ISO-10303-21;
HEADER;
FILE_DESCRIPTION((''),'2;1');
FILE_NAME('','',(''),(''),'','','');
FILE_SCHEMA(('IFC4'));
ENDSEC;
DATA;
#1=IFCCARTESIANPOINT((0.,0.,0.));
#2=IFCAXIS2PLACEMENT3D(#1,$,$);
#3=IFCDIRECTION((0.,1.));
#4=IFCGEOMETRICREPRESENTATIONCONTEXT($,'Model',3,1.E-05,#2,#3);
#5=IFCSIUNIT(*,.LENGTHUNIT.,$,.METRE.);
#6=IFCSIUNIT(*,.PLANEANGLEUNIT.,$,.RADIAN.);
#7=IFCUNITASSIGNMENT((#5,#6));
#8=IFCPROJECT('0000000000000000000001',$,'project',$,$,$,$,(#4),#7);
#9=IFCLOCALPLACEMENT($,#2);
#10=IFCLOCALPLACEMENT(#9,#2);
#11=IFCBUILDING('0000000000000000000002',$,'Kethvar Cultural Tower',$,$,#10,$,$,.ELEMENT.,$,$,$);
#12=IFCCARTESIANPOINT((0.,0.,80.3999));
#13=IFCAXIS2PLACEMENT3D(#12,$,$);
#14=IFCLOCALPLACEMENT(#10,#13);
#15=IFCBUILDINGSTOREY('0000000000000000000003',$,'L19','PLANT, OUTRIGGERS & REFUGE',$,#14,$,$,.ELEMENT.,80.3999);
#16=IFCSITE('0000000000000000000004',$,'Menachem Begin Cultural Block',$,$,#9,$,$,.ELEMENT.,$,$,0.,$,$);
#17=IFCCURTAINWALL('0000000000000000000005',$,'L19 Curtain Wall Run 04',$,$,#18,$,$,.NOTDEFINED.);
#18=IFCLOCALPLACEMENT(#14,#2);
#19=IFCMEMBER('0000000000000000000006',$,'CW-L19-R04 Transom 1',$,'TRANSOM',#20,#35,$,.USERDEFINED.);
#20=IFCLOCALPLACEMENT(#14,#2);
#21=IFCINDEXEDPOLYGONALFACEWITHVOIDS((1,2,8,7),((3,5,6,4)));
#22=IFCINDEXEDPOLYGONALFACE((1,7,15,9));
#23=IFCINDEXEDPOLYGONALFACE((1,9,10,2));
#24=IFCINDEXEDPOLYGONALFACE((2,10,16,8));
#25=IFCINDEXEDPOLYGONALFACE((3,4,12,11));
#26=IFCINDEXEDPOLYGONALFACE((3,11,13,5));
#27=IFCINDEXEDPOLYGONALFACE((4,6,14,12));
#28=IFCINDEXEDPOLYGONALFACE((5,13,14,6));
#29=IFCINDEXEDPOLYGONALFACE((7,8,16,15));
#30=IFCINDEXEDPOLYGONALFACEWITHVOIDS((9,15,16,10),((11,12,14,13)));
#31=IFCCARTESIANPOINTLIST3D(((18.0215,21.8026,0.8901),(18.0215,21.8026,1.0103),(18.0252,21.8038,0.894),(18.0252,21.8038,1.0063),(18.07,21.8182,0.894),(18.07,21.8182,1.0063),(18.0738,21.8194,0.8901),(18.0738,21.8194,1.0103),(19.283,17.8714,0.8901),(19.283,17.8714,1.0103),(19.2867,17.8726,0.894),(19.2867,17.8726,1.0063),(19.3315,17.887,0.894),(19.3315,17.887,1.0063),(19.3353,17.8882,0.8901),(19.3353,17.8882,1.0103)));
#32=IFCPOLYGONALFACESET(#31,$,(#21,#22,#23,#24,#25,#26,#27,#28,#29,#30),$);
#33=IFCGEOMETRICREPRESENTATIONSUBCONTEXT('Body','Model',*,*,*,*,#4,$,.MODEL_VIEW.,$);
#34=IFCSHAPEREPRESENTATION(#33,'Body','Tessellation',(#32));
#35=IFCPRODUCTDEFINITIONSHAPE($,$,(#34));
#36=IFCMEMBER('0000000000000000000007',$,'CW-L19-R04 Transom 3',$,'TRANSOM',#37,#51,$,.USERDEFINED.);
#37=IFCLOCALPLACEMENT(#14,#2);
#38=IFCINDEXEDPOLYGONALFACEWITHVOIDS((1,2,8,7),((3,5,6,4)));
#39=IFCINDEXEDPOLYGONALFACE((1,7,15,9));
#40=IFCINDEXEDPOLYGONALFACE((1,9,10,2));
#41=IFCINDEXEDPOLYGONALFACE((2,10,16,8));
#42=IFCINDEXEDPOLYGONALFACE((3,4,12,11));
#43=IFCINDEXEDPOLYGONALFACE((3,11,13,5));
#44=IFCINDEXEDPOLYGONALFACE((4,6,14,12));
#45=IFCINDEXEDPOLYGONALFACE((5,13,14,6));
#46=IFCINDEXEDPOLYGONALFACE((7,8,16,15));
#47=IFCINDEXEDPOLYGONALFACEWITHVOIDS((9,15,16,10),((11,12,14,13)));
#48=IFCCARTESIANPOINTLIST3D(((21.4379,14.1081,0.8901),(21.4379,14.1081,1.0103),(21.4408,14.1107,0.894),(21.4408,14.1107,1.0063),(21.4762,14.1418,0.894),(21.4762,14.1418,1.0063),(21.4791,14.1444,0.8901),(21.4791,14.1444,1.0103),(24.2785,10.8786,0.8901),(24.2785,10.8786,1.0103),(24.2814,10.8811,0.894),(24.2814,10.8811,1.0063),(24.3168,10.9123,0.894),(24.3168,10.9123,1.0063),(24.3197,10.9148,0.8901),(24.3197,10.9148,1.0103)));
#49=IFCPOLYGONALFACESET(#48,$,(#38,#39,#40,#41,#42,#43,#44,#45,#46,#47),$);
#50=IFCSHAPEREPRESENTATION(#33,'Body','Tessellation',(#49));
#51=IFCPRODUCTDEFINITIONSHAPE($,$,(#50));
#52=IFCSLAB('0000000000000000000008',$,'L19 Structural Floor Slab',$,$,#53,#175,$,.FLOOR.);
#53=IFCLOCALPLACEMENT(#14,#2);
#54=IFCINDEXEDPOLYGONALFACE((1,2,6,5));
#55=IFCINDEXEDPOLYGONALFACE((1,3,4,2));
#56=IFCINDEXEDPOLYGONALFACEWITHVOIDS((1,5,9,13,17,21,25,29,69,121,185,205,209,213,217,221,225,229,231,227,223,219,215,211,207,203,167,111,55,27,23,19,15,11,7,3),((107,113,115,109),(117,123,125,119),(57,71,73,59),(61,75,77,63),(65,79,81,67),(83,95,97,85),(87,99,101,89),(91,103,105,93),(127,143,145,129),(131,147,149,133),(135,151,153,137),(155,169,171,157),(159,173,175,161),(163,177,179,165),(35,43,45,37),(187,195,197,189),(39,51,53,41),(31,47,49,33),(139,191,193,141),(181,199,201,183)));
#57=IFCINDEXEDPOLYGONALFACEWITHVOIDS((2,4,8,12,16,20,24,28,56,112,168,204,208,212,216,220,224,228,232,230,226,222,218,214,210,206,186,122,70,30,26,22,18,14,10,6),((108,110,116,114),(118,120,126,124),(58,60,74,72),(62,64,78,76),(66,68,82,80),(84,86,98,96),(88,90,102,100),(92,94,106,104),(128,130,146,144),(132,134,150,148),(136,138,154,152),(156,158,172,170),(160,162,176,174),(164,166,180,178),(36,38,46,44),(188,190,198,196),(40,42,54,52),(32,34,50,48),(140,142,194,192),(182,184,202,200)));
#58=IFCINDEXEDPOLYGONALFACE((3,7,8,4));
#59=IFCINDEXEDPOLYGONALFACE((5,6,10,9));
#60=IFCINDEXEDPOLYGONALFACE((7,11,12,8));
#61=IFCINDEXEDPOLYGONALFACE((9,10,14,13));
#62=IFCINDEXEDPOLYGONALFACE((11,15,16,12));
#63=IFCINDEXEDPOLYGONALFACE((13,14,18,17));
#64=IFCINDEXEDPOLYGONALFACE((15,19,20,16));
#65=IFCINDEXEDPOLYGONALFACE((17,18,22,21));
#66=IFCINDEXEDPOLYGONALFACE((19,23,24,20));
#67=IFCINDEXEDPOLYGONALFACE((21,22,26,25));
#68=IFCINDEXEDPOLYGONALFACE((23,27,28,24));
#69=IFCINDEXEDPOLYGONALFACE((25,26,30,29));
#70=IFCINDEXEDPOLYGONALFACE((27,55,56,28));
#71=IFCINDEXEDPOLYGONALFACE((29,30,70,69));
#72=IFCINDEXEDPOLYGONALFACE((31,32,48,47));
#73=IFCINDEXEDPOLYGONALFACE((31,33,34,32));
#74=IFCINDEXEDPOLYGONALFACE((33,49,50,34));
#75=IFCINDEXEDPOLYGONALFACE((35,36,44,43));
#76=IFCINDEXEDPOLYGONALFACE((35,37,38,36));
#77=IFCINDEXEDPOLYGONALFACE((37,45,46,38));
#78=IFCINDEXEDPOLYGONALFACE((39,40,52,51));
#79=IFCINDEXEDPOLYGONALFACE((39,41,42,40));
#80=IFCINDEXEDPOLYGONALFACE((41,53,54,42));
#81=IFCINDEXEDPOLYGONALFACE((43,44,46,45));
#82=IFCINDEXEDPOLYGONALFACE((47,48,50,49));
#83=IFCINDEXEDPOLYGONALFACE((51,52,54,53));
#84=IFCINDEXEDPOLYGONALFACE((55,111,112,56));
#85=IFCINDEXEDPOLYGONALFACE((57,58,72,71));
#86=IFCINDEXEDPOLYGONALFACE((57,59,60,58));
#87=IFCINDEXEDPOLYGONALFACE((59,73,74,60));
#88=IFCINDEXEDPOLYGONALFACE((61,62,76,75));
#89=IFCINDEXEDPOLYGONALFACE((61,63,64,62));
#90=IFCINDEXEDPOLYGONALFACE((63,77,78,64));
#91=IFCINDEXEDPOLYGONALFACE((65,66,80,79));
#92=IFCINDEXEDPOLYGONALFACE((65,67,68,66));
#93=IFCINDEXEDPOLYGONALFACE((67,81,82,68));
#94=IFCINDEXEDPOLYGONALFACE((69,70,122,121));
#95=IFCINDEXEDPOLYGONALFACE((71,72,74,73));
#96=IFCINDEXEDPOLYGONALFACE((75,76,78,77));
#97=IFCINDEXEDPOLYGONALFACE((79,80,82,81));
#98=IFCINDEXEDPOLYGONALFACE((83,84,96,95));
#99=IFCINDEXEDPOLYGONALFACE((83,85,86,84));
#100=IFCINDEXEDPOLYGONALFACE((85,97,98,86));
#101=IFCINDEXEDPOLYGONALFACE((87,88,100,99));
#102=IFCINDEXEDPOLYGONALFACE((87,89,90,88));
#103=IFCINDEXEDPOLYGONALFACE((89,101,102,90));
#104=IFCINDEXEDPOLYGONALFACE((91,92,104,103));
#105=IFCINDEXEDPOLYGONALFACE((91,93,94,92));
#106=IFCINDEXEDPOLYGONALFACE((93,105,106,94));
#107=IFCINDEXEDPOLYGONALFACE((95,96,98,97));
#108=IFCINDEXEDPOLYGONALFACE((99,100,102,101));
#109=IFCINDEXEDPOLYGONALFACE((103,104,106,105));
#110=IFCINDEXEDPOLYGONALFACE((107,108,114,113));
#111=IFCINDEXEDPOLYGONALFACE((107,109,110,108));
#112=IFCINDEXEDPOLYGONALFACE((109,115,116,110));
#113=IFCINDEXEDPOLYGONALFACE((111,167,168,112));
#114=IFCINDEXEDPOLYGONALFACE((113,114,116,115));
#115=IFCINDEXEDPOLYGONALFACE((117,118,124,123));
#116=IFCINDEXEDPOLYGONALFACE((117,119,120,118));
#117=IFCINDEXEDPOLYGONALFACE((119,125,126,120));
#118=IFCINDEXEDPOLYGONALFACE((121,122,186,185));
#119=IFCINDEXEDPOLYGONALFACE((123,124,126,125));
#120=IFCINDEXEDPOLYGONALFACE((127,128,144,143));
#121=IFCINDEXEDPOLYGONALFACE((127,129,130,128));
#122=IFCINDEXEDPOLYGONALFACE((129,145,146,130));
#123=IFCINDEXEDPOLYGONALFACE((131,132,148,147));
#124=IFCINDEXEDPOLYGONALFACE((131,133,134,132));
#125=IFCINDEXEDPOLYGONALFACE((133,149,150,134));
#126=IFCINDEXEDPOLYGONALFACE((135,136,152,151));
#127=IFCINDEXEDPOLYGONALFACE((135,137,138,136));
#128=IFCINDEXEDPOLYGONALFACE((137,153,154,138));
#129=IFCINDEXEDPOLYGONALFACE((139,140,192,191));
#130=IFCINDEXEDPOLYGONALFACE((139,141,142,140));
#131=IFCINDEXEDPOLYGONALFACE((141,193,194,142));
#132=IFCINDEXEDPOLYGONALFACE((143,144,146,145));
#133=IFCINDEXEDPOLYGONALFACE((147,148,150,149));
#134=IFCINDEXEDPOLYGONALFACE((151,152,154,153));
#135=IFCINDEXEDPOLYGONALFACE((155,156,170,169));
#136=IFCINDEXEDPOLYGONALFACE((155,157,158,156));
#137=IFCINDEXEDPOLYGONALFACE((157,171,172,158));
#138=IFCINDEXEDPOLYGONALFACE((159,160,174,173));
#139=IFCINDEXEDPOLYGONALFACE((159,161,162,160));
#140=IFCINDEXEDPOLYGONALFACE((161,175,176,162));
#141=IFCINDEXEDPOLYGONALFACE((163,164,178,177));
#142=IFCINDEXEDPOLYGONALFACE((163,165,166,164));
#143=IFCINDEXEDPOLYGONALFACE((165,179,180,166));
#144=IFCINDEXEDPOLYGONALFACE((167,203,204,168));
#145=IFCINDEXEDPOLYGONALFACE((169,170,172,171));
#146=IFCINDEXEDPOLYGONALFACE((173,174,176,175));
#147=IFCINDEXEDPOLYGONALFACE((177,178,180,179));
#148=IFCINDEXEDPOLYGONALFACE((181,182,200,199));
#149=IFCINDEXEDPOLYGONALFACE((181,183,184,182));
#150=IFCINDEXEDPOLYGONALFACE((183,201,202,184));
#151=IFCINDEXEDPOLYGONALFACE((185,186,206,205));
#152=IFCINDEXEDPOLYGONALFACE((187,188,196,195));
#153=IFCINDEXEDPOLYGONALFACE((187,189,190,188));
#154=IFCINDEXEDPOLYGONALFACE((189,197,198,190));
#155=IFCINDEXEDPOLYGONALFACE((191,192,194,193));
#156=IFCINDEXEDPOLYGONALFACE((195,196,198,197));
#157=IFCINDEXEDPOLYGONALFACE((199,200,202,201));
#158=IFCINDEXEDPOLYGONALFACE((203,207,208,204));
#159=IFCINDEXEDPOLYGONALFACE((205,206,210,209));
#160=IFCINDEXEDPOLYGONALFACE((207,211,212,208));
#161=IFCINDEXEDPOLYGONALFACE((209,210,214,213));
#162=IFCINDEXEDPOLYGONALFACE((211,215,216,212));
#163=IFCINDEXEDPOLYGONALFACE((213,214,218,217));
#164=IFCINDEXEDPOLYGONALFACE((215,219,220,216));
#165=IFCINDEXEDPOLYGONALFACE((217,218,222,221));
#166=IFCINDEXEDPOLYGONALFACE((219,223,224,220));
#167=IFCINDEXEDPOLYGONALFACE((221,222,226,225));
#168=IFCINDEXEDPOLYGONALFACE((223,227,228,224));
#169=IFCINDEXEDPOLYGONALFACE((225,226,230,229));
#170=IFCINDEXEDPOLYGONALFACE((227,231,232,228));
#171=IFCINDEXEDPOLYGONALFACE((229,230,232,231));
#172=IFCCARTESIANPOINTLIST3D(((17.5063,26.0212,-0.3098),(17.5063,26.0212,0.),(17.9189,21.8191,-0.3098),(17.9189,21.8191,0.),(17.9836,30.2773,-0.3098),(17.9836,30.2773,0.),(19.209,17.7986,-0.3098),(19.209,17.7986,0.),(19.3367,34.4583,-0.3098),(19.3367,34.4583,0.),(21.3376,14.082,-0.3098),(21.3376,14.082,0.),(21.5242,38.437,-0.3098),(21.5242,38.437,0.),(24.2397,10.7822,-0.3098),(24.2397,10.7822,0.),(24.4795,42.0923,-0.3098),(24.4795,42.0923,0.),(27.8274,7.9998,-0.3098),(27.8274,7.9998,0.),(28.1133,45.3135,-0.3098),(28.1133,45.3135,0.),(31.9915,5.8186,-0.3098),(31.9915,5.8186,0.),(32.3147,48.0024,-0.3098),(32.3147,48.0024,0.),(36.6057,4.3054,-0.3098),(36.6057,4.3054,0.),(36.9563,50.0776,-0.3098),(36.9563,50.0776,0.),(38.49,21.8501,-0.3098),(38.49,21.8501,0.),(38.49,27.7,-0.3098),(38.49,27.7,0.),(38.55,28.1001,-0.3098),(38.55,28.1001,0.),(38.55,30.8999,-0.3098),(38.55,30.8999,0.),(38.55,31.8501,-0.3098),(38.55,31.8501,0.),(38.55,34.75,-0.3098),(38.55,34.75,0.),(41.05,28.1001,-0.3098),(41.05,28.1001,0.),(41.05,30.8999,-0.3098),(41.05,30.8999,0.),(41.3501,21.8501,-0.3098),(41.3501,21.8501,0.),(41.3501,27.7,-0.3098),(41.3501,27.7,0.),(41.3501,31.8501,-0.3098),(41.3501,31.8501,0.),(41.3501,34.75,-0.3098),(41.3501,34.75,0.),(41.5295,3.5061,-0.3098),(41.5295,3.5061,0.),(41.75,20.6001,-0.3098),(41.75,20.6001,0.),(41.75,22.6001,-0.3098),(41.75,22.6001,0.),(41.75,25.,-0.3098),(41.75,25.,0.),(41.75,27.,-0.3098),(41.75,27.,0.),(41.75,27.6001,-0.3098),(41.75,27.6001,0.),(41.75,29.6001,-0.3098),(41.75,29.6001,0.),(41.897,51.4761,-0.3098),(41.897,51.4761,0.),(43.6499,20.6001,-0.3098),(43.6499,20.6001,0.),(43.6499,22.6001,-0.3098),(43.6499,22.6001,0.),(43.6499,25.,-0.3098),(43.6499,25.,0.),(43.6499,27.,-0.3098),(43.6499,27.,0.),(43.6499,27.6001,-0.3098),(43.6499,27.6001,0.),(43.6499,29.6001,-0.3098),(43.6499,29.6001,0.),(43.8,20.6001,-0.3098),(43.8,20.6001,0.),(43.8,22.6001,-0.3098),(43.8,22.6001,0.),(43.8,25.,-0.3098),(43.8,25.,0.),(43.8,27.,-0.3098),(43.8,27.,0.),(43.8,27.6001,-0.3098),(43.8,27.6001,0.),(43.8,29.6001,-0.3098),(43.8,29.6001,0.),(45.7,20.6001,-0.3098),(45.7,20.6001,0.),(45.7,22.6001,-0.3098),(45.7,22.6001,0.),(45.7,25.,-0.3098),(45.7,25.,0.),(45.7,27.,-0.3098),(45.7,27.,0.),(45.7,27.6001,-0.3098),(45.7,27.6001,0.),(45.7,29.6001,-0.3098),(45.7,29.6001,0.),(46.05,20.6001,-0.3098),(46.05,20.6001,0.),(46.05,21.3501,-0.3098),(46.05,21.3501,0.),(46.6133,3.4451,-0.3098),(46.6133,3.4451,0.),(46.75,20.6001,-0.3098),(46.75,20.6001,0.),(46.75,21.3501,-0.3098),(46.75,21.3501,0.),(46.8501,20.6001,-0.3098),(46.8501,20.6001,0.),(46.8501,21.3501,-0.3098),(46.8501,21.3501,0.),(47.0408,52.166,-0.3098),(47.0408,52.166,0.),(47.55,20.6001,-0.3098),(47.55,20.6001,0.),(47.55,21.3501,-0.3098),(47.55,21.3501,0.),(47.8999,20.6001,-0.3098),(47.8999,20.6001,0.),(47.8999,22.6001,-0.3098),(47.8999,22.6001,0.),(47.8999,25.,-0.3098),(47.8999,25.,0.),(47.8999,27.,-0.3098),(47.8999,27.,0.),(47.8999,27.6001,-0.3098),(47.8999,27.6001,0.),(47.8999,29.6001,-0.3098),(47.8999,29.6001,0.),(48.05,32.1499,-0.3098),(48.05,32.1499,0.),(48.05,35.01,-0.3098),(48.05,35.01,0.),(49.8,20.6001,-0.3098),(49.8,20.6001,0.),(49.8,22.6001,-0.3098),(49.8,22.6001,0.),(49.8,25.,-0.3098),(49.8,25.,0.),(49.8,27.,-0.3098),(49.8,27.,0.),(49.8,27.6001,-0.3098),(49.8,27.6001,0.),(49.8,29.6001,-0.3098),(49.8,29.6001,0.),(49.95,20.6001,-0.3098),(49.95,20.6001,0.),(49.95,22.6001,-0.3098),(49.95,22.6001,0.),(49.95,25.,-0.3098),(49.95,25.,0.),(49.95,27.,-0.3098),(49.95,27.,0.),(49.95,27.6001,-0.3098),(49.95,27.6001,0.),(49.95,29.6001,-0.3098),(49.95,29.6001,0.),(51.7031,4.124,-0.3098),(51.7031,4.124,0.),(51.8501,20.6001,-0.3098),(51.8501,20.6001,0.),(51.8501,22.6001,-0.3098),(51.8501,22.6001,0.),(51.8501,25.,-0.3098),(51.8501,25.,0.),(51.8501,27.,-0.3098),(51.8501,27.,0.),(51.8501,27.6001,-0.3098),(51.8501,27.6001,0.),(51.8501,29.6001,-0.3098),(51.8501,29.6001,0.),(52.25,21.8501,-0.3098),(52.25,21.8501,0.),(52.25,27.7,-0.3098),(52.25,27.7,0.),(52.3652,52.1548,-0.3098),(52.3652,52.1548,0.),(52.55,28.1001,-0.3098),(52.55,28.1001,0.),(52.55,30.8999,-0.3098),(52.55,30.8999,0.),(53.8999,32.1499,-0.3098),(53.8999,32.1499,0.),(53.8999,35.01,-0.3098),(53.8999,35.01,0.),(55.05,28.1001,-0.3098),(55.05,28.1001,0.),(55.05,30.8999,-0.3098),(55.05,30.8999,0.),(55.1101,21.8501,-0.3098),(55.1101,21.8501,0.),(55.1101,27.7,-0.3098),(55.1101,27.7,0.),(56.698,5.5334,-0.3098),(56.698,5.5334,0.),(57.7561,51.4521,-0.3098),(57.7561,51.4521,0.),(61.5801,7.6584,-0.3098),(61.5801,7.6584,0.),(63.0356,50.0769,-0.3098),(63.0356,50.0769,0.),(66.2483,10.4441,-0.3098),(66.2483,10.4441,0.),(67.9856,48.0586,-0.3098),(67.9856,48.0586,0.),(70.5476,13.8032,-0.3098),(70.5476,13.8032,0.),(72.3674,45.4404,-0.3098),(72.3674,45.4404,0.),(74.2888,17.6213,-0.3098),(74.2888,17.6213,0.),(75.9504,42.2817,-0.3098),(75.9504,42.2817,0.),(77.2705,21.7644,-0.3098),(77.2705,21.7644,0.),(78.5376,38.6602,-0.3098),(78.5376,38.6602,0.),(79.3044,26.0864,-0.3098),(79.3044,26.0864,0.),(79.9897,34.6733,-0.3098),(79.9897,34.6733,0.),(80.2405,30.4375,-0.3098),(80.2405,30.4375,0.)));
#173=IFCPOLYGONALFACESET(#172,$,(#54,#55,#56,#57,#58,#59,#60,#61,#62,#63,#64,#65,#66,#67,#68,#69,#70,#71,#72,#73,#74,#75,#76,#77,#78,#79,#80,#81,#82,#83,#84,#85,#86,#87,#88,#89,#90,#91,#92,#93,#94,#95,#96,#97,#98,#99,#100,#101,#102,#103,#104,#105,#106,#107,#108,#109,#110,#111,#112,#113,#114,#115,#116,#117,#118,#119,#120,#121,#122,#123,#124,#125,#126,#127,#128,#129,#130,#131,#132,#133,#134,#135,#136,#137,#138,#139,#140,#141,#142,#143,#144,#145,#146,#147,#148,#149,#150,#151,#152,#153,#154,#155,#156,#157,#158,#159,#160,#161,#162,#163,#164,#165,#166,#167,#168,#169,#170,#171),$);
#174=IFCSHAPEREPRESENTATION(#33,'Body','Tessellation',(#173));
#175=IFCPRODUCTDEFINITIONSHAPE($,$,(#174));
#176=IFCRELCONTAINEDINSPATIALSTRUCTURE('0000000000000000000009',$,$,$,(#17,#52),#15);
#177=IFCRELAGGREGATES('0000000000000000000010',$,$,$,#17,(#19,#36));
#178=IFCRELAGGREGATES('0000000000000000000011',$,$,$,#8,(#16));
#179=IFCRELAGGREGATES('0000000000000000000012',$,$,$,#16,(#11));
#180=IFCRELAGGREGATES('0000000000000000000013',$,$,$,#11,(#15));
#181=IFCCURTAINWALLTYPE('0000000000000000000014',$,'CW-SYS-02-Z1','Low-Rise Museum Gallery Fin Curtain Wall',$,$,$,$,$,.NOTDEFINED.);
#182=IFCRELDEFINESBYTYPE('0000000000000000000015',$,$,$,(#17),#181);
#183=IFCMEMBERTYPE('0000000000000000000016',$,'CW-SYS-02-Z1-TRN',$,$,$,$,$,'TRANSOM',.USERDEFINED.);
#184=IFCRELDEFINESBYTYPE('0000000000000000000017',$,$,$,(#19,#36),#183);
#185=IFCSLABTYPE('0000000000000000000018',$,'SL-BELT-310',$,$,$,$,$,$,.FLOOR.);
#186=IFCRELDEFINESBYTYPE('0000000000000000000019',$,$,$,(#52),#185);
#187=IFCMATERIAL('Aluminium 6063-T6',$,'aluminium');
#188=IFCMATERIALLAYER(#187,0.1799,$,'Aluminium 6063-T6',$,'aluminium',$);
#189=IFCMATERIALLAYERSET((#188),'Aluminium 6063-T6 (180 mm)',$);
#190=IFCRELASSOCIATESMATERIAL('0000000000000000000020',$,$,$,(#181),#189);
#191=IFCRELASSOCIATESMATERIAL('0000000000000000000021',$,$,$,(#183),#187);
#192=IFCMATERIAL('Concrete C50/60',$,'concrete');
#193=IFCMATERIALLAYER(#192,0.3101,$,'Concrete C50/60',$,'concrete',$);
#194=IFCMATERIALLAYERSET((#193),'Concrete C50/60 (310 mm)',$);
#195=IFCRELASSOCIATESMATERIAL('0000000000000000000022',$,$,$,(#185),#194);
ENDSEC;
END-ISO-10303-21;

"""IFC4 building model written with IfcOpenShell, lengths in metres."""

from ifc_helpers import new_model, si_unit, direction, frame, origin, origin_2d, place, context, subcontext, project, spatial, polyline, hollow_rectangle, outline, extrude, source, transform, mapped, material, layer, layer_set, material_profile, profile_set, type_object, element, aggregate, save


model = new_model("IFC4")

# Units and contexts
model_context = context("Model", 3, precision=1e-05, world=origin(), true_north=direction((0.0, 1.0)))
body_context = subcontext(model_context, "Body", "Model", "MODEL_VIEW")
ifc_project = project(units=[si_unit("LENGTHUNIT", "METRE"), si_unit("PLANEANGLEUNIT", "RADIAN")], contexts=[model_context])

# Site, building, storey
site_placement = place(None, origin())
site = spatial("IfcSite", under=ifc_project, at=site_placement, Name="Menachem Begin Cultural Block", CompositionType="ELEMENT", RefElevation=0.0)
building_placement = place(site_placement, origin())
building = spatial("IfcBuilding", under=site, at=building_placement, Name="Kethvar Cultural Tower", CompositionType="ELEMENT")
storey_placement = place(building_placement, frame((0.0, 0.0, 80.3999)))
storey = spatial("IfcBuildingStorey", under=building, at=storey_placement, Name="L19", Description="PLANT, OUTRIGGERS & REFUGE", CompositionType="ELEMENT", Elevation=80.3999)

# Shared definitions
ifc_material_1 = material(Name="Aluminium 6063-T6", Category="aluminium")
ifc_layer_1 = layer(ifc_material_1, 0.1799, Name="Aluminium 6063-T6", Category="aluminium")
ifc_layer_set_1 = layer_set([ifc_layer_1], Name="Aluminium 6063-T6 (180 mm)")
curtain_wall_type = type_object("IfcCurtainWallType", Name="CW-SYS-02-Z1", Description="Low-Rise Museum Gallery Fin Curtain Wall", PredefinedType="NOTDEFINED", material=ifc_layer_set_1)

# Curtain wall
curtain_wall_1_placement = place(storey_placement, origin())
curtain_wall_1 = element("IfcCurtainWall", 1, at=curtain_wall_1_placement, inside=storey, type_object=curtain_wall_type, Name="L19 Curtain Wall Run 04", PredefinedType="NOTDEFINED")
ifc_material_profile_1 = material_profile(ifc_material_1, hollow_rectangle(XDim=0.0549, YDim=0.1201, WallThickness=0.0039, at=origin_2d()), Name="Aluminium 6063-T6 — RHS120x55x4")
ifc_profile_set_1 = profile_set([ifc_material_profile_1], Name="Aluminium 6063-T6 — RHS120x55x4")
member_type_1 = type_object("IfcMemberType", Name="CW-SYS-02-Z1-TRN", ElementType="TRANSOM", PredefinedType="USERDEFINED", material=ifc_profile_set_1)

# Members
shared_shape_1 = source(origin(), body_context, "Body", "SweptSolid", [
    extrude(hollow_rectangle(XDim=0.0549, YDim=0.1201, WallThickness=0.0039, at=origin_2d()), origin(), (0.0, 0.0, 1.0), 4.1287),
])
member_1_placement = place(storey_placement, frame((18.0476, 21.811, 0.9502), z_axis=(0.305546, -0.952177, 0.0), x_axis=(0.952177, 0.305546, 0.0)))
member_1 = element("IfcMember", 2, at=member_1_placement, type_object=member_type_1, Name="CW-L19-R04 Transom 1", ObjectType="TRANSOM", PredefinedType="USERDEFINED", context=body_context, shape_type="MappedRepresentation", body=[
    mapped(shared_shape_1, transform((0.0, 0.0, 0.0), scale=1.0)),
])
shared_shape_2 = source(origin(), body_context, "Body", "SweptSolid", [
    extrude(hollow_rectangle(XDim=0.0549, YDim=0.1201, WallThickness=0.0039, at=origin_2d()), origin(), (0.0, 0.0, 1.0), 4.301),
])
member_2_placement = place(storey_placement, frame((21.4585, 14.1262, 0.9502), z_axis=(0.660447, -0.750872, 0.0), x_axis=(0.750872, 0.660447, 0.0)))
member_2 = element("IfcMember", 3, at=member_2_placement, type_object=member_type_1, Name="CW-L19-R04 Transom 3", ObjectType="TRANSOM", PredefinedType="USERDEFINED", context=body_context, shape_type="MappedRepresentation", body=[
    mapped(shared_shape_2, transform((0.0, 0.0, 0.0), scale=1.0)),
])

# Slab
ifc_material_2 = material(Name="Concrete C50/60", Category="concrete")
ifc_layer_2 = layer(ifc_material_2, 0.3101, Name="Concrete C50/60", Category="concrete")
ifc_layer_set_2 = layer_set([ifc_layer_2], Name="Concrete C50/60 (310 mm)")
slab_type_1 = type_object("IfcSlabType", Name="SL-BELT-310", PredefinedType="FLOOR", material=ifc_layer_set_2)
slab_1_placement = place(storey_placement, frame((0.0, 0.0, -0.3098)))
element("IfcSlab", 4, at=slab_1_placement, inside=storey, type_object=slab_type_1, Name="L19 Structural Floor Slab", PredefinedType="FLOOR", context=body_context, shape_type="SweptSolid", body=[
    extrude(outline(polyline([(79.9897, 34.6733), (78.5376, 38.6602), (75.9504, 42.2817), (72.3674, 45.4404), (67.9856, 48.0586), (63.0356, 50.0769), (57.7561, 51.4521), (52.3652, 52.1548), (47.0408, 52.166), (41.897, 51.4761), (36.9563, 50.0776), (32.3147, 48.0024), (28.1133, 45.3135), (24.4795, 42.0923), (21.5242, 38.437), (19.3367, 34.4583), (17.9836, 30.2773), (17.5063, 26.0212), (17.9189, 21.8191), (19.209, 17.7986), (21.3376, 14.082), (24.2397, 10.7822), (27.8274, 7.9998), (31.9915, 5.8186), (36.6057, 4.3054), (41.5295, 3.5061), (46.6133, 3.4451), (51.7031, 4.124), (56.698, 5.5334), (61.5801, 7.6584), (66.2483, 10.4441), (70.5476, 13.8032), (74.2888, 17.6213), (77.2705, 21.7644), (79.3044, 26.0864), (80.2405, 30.4375), (79.9897, 34.6733)]), holes=[polyline([(38.49, 21.8501), (38.49, 27.7), (41.3501, 27.7), (41.3501, 21.8501), (38.49, 21.8501)]), polyline([(52.25, 21.8501), (52.25, 27.7), (55.1101, 27.7), (55.1101, 21.8501), (52.25, 21.8501)]), polyline([(53.8999, 32.1499), (48.05, 32.1499), (48.05, 35.01), (53.8999, 35.01), (53.8999, 32.1499)]), polyline([(41.75, 22.6001), (43.6499, 22.6001), (43.6499, 20.6001), (41.75, 20.6001), (41.75, 22.6001)]), polyline([(43.8, 22.6001), (45.7, 22.6001), (45.7, 20.6001), (43.8, 20.6001), (43.8, 22.6001)]), polyline([(47.8999, 22.6001), (49.8, 22.6001), (49.8, 20.6001), (47.8999, 20.6001), (47.8999, 22.6001)]), polyline([(49.95, 22.6001), (51.8501, 22.6001), (51.8501, 20.6001), (49.95, 20.6001), (49.95, 22.6001)]), polyline([(41.75, 27.0), (43.6499, 27.0), (43.6499, 25.0), (41.75, 25.0), (41.75, 27.0)]), polyline([(43.8, 27.0), (45.7, 27.0), (45.7, 25.0), (43.8, 25.0), (43.8, 27.0)]), polyline([(47.8999, 27.0), (49.8, 27.0), (49.8, 25.0), (47.8999, 25.0), (47.8999, 27.0)]), polyline([(49.95, 27.0), (51.8501, 27.0), (51.8501, 25.0), (49.95, 25.0), (49.95, 27.0)]), polyline([(41.75, 29.6001), (43.6499, 29.6001), (43.6499, 27.6001), (41.75, 27.6001), (41.75, 29.6001)]), polyline([(43.8, 29.6001), (45.7, 29.6001), (45.7, 27.6001), (43.8, 27.6001), (43.8, 29.6001)]), polyline([(47.8999, 29.6001), (49.8, 29.6001), (49.8, 27.6001), (47.8999, 27.6001), (47.8999, 29.6001)]), polyline([(49.95, 29.6001), (51.8501, 29.6001), (51.8501, 27.6001), (49.95, 27.6001), (49.95, 29.6001)]), polyline([(38.55, 30.8999), (41.05, 30.8999), (41.05, 28.1001), (38.55, 28.1001), (38.55, 30.8999)]), polyline([(52.55, 30.8999), (55.05, 30.8999), (55.05, 28.1001), (52.55, 28.1001), (52.55, 30.8999)]), polyline([(38.55, 34.75), (41.3501, 34.75), (41.3501, 31.8501), (38.55, 31.8501), (38.55, 34.75)]), polyline([(46.05, 21.3501), (46.75, 21.3501), (46.75, 20.6001), (46.05, 20.6001), (46.05, 21.3501)]), polyline([(46.8501, 21.3501), (47.55, 21.3501), (47.55, 20.6001), (46.8501, 20.6001), (46.8501, 21.3501)])]), origin(), (0.0, 0.0, 1.0), 0.3098),
])

aggregate(curtain_wall_1, [member_1, member_2])

save(model, "model.ifc")
